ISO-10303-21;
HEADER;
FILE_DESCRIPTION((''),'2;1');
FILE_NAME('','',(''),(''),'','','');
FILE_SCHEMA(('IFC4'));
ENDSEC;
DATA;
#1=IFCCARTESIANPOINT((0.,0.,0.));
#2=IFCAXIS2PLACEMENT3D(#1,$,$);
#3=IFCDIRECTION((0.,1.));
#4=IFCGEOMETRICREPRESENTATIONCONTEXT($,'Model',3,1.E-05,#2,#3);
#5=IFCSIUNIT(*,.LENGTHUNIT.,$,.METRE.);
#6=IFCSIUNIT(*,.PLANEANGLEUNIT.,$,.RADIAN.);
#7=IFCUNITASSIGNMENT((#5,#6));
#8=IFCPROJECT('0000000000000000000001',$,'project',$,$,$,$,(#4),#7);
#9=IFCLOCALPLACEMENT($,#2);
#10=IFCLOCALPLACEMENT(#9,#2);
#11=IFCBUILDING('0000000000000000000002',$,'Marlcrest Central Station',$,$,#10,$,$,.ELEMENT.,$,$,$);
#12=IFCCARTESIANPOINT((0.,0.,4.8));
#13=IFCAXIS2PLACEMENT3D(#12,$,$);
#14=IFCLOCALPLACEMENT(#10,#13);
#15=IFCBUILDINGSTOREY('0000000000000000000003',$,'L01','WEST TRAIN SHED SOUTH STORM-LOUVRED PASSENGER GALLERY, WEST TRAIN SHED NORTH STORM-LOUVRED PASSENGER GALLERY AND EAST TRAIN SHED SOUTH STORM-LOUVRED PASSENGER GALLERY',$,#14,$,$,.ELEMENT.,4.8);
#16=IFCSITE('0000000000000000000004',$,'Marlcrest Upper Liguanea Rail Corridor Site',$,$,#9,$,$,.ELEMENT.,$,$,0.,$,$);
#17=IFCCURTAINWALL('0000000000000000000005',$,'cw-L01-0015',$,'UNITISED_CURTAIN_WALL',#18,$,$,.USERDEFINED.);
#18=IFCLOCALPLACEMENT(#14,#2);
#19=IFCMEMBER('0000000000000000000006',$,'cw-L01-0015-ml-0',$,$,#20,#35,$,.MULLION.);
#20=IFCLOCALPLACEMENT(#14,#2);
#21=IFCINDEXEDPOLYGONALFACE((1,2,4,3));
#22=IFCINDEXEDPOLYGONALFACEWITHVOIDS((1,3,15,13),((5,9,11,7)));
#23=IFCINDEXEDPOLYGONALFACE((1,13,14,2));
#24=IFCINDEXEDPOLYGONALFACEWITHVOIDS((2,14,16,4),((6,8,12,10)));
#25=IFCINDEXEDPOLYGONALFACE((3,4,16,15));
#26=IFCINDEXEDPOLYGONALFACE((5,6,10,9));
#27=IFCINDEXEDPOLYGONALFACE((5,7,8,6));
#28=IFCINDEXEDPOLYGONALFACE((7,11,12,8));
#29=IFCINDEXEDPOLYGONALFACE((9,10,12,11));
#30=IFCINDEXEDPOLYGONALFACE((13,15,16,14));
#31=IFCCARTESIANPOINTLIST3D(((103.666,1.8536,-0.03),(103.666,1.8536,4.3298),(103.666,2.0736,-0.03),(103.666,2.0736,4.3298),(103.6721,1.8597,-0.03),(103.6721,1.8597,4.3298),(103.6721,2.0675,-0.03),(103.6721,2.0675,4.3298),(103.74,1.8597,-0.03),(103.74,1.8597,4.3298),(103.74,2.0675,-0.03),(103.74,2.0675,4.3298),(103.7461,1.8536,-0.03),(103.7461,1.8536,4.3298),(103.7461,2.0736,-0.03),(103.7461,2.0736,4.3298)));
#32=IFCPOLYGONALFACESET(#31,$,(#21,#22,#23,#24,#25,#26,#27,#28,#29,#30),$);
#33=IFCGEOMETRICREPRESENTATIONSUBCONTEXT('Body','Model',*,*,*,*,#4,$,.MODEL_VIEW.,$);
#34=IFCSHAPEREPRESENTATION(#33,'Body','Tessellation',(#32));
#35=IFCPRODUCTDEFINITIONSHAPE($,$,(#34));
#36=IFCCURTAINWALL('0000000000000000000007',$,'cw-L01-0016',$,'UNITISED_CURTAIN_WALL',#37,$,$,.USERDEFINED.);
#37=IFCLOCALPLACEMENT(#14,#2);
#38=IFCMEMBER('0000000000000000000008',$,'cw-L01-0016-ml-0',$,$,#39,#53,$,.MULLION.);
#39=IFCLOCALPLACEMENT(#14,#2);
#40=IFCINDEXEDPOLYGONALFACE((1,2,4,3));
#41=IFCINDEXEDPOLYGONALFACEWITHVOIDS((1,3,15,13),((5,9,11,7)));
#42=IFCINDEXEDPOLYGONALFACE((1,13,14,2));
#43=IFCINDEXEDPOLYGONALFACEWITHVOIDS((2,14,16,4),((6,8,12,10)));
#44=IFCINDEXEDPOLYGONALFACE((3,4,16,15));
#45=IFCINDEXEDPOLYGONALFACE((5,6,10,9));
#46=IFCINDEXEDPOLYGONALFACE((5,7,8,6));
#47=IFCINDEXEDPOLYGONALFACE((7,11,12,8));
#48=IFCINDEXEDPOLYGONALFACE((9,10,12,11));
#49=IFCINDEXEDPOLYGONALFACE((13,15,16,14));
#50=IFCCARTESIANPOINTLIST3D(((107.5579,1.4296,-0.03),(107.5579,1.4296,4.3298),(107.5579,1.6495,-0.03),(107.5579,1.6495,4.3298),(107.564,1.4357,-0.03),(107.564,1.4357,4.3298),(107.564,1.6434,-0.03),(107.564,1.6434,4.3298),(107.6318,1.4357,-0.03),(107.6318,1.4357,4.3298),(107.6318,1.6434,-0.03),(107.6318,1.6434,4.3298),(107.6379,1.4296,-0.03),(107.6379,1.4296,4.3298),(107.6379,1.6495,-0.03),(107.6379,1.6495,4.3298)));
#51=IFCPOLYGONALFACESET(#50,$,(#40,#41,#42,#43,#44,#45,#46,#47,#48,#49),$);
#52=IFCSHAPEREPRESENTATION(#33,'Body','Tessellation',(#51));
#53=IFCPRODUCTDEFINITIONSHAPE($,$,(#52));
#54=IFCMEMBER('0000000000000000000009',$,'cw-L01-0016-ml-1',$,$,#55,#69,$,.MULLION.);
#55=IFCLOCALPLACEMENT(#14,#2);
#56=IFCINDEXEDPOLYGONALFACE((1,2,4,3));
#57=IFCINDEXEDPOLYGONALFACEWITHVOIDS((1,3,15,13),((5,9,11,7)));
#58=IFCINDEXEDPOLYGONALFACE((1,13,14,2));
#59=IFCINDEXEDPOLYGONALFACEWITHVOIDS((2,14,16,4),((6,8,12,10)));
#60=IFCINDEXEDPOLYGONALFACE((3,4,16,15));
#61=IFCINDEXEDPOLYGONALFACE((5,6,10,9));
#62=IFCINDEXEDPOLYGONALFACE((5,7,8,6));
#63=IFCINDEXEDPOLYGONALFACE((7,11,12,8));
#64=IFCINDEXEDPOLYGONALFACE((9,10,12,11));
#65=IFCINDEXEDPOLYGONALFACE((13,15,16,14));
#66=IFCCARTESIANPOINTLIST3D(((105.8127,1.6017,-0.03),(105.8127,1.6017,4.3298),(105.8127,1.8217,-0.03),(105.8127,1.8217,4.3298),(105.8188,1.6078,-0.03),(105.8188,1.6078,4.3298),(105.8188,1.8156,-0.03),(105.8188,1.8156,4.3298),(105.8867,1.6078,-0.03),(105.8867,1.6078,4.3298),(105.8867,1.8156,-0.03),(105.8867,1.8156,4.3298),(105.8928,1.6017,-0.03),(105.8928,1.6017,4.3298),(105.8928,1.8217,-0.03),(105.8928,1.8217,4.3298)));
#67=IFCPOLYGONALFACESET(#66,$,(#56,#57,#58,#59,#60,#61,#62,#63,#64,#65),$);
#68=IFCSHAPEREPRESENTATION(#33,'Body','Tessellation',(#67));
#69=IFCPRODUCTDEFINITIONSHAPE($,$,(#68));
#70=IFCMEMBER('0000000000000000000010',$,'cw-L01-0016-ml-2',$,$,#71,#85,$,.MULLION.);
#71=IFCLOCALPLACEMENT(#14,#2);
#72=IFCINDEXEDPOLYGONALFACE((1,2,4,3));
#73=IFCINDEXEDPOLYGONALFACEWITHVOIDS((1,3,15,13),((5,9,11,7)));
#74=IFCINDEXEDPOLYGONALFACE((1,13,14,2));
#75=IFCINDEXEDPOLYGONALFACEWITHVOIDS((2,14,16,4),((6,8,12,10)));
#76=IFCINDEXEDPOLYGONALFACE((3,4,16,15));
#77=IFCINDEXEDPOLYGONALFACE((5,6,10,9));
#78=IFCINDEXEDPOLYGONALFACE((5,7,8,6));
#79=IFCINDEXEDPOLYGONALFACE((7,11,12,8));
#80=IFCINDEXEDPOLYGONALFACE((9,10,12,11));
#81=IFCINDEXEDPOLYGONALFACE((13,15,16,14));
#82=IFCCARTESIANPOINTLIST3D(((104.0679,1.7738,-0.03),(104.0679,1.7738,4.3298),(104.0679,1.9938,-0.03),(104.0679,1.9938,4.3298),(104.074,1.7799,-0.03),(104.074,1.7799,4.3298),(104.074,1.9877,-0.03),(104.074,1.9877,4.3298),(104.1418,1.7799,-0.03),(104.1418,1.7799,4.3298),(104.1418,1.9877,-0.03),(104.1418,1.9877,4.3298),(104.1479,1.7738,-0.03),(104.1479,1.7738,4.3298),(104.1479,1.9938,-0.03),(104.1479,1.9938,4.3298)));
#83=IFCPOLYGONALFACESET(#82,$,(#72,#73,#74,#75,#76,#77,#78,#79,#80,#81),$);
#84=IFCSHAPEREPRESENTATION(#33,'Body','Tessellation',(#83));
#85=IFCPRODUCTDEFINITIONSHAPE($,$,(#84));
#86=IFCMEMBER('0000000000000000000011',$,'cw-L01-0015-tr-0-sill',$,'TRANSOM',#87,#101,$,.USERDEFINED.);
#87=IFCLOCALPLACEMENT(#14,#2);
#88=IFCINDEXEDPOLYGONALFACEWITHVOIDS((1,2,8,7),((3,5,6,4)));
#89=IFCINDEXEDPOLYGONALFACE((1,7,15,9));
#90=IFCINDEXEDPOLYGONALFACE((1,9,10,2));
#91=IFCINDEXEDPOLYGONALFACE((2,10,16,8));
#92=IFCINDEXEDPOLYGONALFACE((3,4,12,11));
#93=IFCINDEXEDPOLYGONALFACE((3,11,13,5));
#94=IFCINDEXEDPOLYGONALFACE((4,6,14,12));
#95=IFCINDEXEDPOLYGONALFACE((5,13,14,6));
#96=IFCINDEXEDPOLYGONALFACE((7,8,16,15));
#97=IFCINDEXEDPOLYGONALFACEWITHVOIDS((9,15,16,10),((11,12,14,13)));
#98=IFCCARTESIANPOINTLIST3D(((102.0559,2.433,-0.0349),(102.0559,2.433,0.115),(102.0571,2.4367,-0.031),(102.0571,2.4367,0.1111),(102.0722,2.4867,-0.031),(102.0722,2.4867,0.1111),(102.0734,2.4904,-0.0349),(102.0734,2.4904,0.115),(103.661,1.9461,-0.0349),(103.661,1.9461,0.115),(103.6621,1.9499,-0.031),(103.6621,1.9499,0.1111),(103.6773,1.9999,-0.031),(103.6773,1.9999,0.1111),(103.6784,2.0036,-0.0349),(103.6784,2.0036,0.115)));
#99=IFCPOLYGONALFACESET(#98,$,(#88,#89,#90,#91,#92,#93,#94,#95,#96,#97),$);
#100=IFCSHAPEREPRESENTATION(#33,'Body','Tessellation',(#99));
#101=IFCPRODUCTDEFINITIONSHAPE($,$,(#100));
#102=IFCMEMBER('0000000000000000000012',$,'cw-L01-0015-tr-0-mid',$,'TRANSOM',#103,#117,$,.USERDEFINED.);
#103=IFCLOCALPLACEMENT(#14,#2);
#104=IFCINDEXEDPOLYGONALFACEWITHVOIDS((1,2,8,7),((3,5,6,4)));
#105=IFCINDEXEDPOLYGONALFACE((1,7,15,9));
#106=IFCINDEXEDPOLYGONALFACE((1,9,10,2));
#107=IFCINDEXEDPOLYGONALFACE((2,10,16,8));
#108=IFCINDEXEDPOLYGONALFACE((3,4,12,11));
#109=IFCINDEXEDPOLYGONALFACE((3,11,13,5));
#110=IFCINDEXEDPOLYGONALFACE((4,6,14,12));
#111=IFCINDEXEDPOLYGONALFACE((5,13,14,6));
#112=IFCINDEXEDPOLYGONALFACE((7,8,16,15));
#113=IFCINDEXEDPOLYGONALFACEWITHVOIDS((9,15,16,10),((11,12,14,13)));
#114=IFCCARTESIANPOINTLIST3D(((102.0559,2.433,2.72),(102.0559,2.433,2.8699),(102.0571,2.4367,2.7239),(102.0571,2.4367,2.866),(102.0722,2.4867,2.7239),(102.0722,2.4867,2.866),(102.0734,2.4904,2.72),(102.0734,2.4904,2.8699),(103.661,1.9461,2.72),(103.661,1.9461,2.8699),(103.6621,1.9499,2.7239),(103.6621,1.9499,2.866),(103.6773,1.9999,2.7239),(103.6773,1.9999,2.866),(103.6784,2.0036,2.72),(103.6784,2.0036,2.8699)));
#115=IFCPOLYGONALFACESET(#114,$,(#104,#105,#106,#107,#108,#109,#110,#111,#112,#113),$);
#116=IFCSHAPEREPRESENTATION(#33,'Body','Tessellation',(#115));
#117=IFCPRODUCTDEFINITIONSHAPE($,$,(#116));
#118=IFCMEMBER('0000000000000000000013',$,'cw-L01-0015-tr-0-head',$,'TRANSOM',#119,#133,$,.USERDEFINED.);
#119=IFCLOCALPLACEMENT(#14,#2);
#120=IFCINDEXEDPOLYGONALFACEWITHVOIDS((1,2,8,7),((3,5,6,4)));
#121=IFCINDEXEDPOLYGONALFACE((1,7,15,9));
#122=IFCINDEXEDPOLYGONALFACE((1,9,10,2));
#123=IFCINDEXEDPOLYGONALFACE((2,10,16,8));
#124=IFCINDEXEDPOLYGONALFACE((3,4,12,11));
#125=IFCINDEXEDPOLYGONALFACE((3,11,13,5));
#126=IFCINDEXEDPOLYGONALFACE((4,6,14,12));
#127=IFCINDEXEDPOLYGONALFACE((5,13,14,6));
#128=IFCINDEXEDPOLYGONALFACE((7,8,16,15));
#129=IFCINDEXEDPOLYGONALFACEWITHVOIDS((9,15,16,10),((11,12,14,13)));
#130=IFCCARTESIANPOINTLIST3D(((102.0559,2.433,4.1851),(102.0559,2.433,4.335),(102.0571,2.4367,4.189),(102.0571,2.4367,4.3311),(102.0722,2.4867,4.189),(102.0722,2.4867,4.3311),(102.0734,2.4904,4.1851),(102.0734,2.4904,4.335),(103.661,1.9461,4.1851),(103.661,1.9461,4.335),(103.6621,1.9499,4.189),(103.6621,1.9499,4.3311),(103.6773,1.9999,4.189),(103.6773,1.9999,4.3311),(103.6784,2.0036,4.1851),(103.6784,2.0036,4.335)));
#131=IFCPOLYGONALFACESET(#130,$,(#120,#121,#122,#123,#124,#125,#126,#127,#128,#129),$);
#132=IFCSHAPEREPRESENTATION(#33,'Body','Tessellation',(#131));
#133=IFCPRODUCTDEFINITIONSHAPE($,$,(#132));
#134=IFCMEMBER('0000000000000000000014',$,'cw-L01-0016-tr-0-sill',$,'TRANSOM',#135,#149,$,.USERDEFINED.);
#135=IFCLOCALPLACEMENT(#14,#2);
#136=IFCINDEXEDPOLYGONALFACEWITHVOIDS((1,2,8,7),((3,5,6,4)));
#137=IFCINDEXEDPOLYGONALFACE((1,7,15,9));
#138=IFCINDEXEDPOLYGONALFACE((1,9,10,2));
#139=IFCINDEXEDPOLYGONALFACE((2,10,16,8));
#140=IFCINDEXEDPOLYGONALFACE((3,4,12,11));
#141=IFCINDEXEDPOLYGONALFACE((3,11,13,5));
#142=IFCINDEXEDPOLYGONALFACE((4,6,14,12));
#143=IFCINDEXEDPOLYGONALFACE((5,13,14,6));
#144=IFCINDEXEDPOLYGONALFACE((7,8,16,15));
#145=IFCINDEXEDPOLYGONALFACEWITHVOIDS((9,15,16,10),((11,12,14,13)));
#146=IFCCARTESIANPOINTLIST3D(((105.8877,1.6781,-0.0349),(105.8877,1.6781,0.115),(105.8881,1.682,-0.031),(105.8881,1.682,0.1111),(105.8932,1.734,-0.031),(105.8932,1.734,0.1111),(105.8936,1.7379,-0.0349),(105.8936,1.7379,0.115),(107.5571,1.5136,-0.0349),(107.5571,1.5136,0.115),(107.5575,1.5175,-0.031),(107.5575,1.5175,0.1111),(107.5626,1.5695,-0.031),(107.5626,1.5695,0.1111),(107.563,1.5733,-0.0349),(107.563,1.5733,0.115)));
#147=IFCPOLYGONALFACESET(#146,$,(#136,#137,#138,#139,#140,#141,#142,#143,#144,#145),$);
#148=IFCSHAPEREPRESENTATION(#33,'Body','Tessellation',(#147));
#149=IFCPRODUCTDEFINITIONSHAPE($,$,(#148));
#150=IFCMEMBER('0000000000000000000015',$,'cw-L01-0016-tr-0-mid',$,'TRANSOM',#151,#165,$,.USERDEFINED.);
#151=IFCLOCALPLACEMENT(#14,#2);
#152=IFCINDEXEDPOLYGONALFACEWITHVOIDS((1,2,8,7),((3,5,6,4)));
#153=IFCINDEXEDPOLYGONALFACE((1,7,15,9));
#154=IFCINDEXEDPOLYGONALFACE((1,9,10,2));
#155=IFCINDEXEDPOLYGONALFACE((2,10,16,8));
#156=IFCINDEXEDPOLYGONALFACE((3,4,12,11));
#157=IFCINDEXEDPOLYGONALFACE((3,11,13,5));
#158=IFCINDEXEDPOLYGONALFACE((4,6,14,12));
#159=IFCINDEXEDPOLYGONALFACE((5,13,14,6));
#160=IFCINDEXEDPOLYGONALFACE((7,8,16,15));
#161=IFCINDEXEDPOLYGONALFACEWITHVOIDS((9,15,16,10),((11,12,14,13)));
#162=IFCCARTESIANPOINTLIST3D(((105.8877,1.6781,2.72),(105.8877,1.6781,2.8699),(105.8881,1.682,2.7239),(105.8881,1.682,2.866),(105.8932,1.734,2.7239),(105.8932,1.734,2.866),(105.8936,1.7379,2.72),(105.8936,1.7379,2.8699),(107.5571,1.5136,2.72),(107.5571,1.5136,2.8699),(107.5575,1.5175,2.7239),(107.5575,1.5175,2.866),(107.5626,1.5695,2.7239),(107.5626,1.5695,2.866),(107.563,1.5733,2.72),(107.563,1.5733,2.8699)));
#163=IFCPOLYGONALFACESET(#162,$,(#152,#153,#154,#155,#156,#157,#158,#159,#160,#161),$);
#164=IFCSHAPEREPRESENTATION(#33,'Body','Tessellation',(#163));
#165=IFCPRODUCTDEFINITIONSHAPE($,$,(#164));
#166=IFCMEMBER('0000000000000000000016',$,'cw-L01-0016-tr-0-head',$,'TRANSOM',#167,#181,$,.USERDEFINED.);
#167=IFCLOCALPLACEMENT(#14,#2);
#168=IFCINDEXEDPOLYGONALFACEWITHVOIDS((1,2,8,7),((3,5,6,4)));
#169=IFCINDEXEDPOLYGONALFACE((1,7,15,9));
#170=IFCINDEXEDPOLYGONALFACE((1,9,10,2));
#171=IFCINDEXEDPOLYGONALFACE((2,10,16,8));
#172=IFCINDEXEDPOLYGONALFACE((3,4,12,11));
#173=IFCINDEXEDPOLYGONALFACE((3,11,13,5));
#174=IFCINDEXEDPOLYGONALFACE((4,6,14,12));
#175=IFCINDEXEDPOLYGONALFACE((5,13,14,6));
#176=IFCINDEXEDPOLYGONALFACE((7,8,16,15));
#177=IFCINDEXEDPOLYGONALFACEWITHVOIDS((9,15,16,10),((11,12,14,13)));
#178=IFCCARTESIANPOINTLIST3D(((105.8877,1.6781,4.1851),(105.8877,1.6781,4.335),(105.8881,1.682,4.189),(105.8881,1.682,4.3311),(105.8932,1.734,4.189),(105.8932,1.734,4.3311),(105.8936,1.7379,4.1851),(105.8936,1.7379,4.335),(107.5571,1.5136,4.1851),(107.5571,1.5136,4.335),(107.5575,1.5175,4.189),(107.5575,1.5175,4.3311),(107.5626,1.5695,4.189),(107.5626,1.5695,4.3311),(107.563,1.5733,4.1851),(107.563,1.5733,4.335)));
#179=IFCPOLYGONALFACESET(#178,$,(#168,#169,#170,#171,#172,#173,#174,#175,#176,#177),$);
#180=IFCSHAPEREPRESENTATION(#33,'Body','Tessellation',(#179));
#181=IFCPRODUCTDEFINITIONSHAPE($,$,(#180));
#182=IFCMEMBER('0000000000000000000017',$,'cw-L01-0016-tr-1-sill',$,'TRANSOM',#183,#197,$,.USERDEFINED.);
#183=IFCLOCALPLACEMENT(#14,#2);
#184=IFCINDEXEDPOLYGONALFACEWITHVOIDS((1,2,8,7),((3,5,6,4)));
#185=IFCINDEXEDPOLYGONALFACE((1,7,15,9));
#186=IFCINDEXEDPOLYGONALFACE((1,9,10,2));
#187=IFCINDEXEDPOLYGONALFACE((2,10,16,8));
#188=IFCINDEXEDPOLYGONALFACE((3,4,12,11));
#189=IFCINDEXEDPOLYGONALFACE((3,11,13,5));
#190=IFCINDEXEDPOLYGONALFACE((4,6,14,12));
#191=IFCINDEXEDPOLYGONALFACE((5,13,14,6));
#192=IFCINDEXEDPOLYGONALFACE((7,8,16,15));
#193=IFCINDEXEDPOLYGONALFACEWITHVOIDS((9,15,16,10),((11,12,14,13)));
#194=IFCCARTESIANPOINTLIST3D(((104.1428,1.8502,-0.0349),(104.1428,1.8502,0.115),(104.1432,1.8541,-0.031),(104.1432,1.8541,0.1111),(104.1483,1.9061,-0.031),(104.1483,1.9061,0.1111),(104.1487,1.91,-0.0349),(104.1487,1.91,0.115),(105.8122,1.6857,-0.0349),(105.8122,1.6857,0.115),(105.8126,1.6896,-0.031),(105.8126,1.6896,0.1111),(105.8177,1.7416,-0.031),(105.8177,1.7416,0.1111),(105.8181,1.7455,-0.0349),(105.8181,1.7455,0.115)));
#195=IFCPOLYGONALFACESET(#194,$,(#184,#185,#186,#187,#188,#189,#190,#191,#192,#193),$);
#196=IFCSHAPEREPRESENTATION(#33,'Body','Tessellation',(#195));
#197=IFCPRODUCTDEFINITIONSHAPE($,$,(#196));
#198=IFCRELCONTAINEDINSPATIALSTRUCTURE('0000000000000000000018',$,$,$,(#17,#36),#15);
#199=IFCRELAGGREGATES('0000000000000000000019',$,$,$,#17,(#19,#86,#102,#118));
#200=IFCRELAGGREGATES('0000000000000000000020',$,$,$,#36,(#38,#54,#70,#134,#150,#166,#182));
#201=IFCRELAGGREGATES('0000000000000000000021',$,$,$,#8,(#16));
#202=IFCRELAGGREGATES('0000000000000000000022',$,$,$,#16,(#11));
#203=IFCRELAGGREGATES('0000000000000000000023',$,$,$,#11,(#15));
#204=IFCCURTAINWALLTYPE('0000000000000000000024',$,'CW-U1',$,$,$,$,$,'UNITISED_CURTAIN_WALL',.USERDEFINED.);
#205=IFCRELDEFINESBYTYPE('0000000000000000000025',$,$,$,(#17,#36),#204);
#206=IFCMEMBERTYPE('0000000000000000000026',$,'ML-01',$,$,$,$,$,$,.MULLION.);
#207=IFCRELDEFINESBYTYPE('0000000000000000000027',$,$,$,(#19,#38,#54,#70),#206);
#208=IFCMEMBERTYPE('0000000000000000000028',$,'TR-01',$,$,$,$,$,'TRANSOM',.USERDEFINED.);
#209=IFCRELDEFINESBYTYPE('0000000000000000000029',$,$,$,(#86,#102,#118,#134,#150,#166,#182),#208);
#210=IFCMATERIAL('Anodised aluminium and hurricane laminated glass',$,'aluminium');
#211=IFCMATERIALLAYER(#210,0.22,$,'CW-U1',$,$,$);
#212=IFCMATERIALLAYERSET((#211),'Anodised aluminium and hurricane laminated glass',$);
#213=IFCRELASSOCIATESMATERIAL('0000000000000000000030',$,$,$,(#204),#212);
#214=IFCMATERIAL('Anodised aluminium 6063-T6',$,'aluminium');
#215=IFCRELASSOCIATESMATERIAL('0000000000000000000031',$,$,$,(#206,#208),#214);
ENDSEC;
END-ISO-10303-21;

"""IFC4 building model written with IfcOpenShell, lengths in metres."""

from ifc_helpers import new_model, si_unit, direction, frame, origin, origin_2d, place, context, subcontext, project, spatial, hollow_rectangle, extrude, material, layer, layer_set, material_profile, profile_set, type_object, element, aggregate, save


model = new_model("IFC4")

# Units and contexts
model_context = context("Model", 3, precision=1e-05, world=origin(), true_north=direction((0.0, 1.0)))
body_context = subcontext(model_context, "Body", "Model", "MODEL_VIEW")
ifc_project = project(units=[si_unit("LENGTHUNIT", "METRE"), si_unit("PLANEANGLEUNIT", "RADIAN")], contexts=[model_context])

# Site, building, storey
site_placement = place(None, origin())
site = spatial("IfcSite", under=ifc_project, at=site_placement, Name="Marlcrest Upper Liguanea Rail Corridor Site", CompositionType="ELEMENT", RefElevation=0.0)
building_placement = place(site_placement, origin())
building = spatial("IfcBuilding", under=site, at=building_placement, Name="Marlcrest Central Station", CompositionType="ELEMENT")
storey_placement = place(building_placement, frame((0.0, 0.0, 4.8)))
storey = spatial("IfcBuildingStorey", under=building, at=storey_placement, Name="L01", Description="WEST TRAIN SHED SOUTH STORM-LOUVRED PASSENGER GALLERY, WEST TRAIN SHED NORTH STORM-LOUVRED PASSENGER GALLERY AND EAST TRAIN SHED SOUTH STORM-LOUVRED PASSENGER GALLERY", CompositionType="ELEMENT", Elevation=4.8)

# Curtain wall, member
ifc_material_1 = material(Name="Anodised aluminium and hurricane laminated glass", Category="aluminium")
ifc_layer_1 = layer(ifc_material_1, 0.22, Name="CW-U1")
ifc_layer_set_1 = layer_set([ifc_layer_1], Name="Anodised aluminium and hurricane laminated glass")
curtain_wall_type = type_object("IfcCurtainWallType", Name="CW-U1", ElementType="UNITISED_CURTAIN_WALL", PredefinedType="USERDEFINED", material=ifc_layer_set_1)
curtain_wall_1_placement = place(storey_placement, origin())
curtain_wall_1 = element("IfcCurtainWall", 1, at=curtain_wall_1_placement, inside=storey, type_object=curtain_wall_type, Name="cw-L01-0015", ObjectType="UNITISED_CURTAIN_WALL", PredefinedType="USERDEFINED")
ifc_material_2 = material(Name="Anodised aluminium 6063-T6", Category="aluminium")
ifc_material_profile_1 = material_profile(ifc_material_2, hollow_rectangle(XDim=0.0801, YDim=0.22, WallThickness=0.0061, at=origin_2d()), Name="AA-RHS 220x80x6")
ifc_profile_set_1 = profile_set([ifc_material_profile_1], Name="Anodised aluminium 6063-T6")
member_type_1 = type_object("IfcMemberType", Name="ML-01", PredefinedType="MULLION", material=ifc_profile_set_1)
member_1_placement = place(storey_placement, frame((103.7061, 1.9636, -0.03), z_axis=(0.0, 0.0, 1.0), x_axis=(1.0, 0.0, 0.0)))
member_1 = element("IfcMember", 2, at=member_1_placement, type_object=member_type_1, Name="cw-L01-0015-ml-0", PredefinedType="MULLION", context=body_context, shape_type="SweptSolid", body=[
    extrude(hollow_rectangle(XDim=0.0801, YDim=0.22, WallThickness=0.0061, at=origin_2d()), origin(), (0.0, 0.0, 1.0), 4.3599),
])

# Curtain wall, members
curtain_wall_2_placement = place(storey_placement, origin())
curtain_wall_2 = element("IfcCurtainWall", 3, at=curtain_wall_2_placement, inside=storey, type_object=curtain_wall_type, Name="cw-L01-0016", ObjectType="UNITISED_CURTAIN_WALL", PredefinedType="USERDEFINED")
member_2_placement = place(storey_placement, frame((107.5979, 1.5396, -0.03), z_axis=(0.0, 0.0, 1.0), x_axis=(1.0, 0.0, 0.0)))
member_2 = element("IfcMember", 4, at=member_2_placement, type_object=member_type_1, Name="cw-L01-0016-ml-0", PredefinedType="MULLION", context=body_context, shape_type="SweptSolid", body=[
    extrude(hollow_rectangle(XDim=0.0801, YDim=0.22, WallThickness=0.0061, at=origin_2d()), origin(), (0.0, 0.0, 1.0), 4.3599),
])
member_3_placement = place(storey_placement, frame((105.8528, 1.7117, -0.03), z_axis=(0.0, 0.0, 1.0), x_axis=(1.0, 0.0, 0.0)))
member_3 = element("IfcMember", 5, at=member_3_placement, type_object=member_type_1, Name="cw-L01-0016-ml-1", PredefinedType="MULLION", context=body_context, shape_type="SweptSolid", body=[
    extrude(hollow_rectangle(XDim=0.0801, YDim=0.22, WallThickness=0.0061, at=origin_2d()), origin(), (0.0, 0.0, 1.0), 4.3599),
])
member_4_placement = place(storey_placement, frame((104.1079, 1.8838, -0.03), z_axis=(0.0, 0.0, 1.0), x_axis=(1.0, 0.0, 0.0)))
member_4 = element("IfcMember", 6, at=member_4_placement, type_object=member_type_1, Name="cw-L01-0016-ml-2", PredefinedType="MULLION", context=body_context, shape_type="SweptSolid", body=[
    extrude(hollow_rectangle(XDim=0.0801, YDim=0.22, WallThickness=0.0061, at=origin_2d()), origin(), (0.0, 0.0, 1.0), 4.3599),
])

# Members
ifc_material_profile_2 = material_profile(ifc_material_2, hollow_rectangle(XDim=0.0601, YDim=0.1499, WallThickness=0.0039, at=origin_2d()), Name="AA-RHS 150x60x4")
ifc_profile_set_2 = profile_set([ifc_material_profile_2], Name="Anodised aluminium 6063-T6")
member_type_2 = type_object("IfcMemberType", Name="TR-01", ElementType="TRANSOM", PredefinedType="USERDEFINED", material=ifc_profile_set_2)
member_5_placement = place(storey_placement, frame((103.6697, 1.9749, 0.04), z_axis=(-0.956948, 0.290258, 0.0), x_axis=(-0.290258, -0.956948, 0.0)))
member_5 = element("IfcMember", 7, at=member_5_placement, type_object=member_type_2, Name="cw-L01-0015-tr-0-sill", ObjectType="TRANSOM", PredefinedType="USERDEFINED", context=body_context, shape_type="SweptSolid", body=[
    extrude(hollow_rectangle(XDim=0.0601, YDim=0.1499, WallThickness=0.0039, at=origin_2d()), origin(), (0.0, 0.0, 1.0), 1.6772),
])
member_6_placement = place(storey_placement, frame((103.6697, 1.9749, 2.7949), z_axis=(-0.956948, 0.290258, 0.0), x_axis=(-0.290258, -0.956948, 0.0)))
member_6 = element("IfcMember", 8, at=member_6_placement, type_object=member_type_2, Name="cw-L01-0015-tr-0-mid", ObjectType="TRANSOM", PredefinedType="USERDEFINED", context=body_context, shape_type="SweptSolid", body=[
    extrude(hollow_rectangle(XDim=0.0601, YDim=0.1499, WallThickness=0.0039, at=origin_2d()), origin(), (0.0, 0.0, 1.0), 1.6772),
])
member_7_placement = place(storey_placement, frame((103.6697, 1.9749, 4.26), z_axis=(-0.956948, 0.290258, 0.0), x_axis=(-0.290258, -0.956948, 0.0)))
member_7 = element("IfcMember", 9, at=member_7_placement, type_object=member_type_2, Name="cw-L01-0015-tr-0-head", ObjectType="TRANSOM", PredefinedType="USERDEFINED", context=body_context, shape_type="SweptSolid", body=[
    extrude(hollow_rectangle(XDim=0.0601, YDim=0.1499, WallThickness=0.0039, at=origin_2d()), origin(), (0.0, 0.0, 1.0), 1.6772),
])
member_8_placement = place(storey_placement, frame((107.5601, 1.5435, 0.04), z_axis=(-0.995177, 0.098091, 0.0), x_axis=(-0.098091, -0.995177, 0.0)))
member_8 = element("IfcMember", 10, at=member_8_placement, type_object=member_type_2, Name="cw-L01-0016-tr-0-sill", ObjectType="TRANSOM", PredefinedType="USERDEFINED", context=body_context, shape_type="SweptSolid", body=[
    extrude(hollow_rectangle(XDim=0.0601, YDim=0.1499, WallThickness=0.0039, at=origin_2d()), origin(), (0.0, 0.0, 1.0), 1.6775),
])
member_9_placement = place(storey_placement, frame((107.5601, 1.5435, 2.7949), z_axis=(-0.995177, 0.098091, 0.0), x_axis=(-0.098091, -0.995177, 0.0)))
member_9 = element("IfcMember", 11, at=member_9_placement, type_object=member_type_2, Name="cw-L01-0016-tr-0-mid", ObjectType="TRANSOM", PredefinedType="USERDEFINED", context=body_context, shape_type="SweptSolid", body=[
    extrude(hollow_rectangle(XDim=0.0601, YDim=0.1499, WallThickness=0.0039, at=origin_2d()), origin(), (0.0, 0.0, 1.0), 1.6775),
])
member_10_placement = place(storey_placement, frame((107.5601, 1.5435, 4.26), z_axis=(-0.995177, 0.098091, 0.0), x_axis=(-0.098091, -0.995177, 0.0)))
member_10 = element("IfcMember", 12, at=member_10_placement, type_object=member_type_2, Name="cw-L01-0016-tr-0-head", ObjectType="TRANSOM", PredefinedType="USERDEFINED", context=body_context, shape_type="SweptSolid", body=[
    extrude(hollow_rectangle(XDim=0.0601, YDim=0.1499, WallThickness=0.0039, at=origin_2d()), origin(), (0.0, 0.0, 1.0), 1.6775),
])
member_11_placement = place(storey_placement, frame((105.8152, 1.7156, 0.04), z_axis=(-0.995177, 0.098091, 0.0), x_axis=(-0.098091, -0.995177, 0.0)))
member_11 = element("IfcMember", 13, at=member_11_placement, type_object=member_type_2, Name="cw-L01-0016-tr-1-sill", ObjectType="TRANSOM", PredefinedType="USERDEFINED", context=body_context, shape_type="SweptSolid", body=[
    extrude(hollow_rectangle(XDim=0.0601, YDim=0.1499, WallThickness=0.0039, at=origin_2d()), origin(), (0.0, 0.0, 1.0), 1.6775),
])

aggregate(curtain_wall_1, [member_1, member_5, member_6, member_7])
aggregate(curtain_wall_2, [member_2, member_3, member_4, member_8, member_9, member_10, member_11])

save(model, "model.ifc")
